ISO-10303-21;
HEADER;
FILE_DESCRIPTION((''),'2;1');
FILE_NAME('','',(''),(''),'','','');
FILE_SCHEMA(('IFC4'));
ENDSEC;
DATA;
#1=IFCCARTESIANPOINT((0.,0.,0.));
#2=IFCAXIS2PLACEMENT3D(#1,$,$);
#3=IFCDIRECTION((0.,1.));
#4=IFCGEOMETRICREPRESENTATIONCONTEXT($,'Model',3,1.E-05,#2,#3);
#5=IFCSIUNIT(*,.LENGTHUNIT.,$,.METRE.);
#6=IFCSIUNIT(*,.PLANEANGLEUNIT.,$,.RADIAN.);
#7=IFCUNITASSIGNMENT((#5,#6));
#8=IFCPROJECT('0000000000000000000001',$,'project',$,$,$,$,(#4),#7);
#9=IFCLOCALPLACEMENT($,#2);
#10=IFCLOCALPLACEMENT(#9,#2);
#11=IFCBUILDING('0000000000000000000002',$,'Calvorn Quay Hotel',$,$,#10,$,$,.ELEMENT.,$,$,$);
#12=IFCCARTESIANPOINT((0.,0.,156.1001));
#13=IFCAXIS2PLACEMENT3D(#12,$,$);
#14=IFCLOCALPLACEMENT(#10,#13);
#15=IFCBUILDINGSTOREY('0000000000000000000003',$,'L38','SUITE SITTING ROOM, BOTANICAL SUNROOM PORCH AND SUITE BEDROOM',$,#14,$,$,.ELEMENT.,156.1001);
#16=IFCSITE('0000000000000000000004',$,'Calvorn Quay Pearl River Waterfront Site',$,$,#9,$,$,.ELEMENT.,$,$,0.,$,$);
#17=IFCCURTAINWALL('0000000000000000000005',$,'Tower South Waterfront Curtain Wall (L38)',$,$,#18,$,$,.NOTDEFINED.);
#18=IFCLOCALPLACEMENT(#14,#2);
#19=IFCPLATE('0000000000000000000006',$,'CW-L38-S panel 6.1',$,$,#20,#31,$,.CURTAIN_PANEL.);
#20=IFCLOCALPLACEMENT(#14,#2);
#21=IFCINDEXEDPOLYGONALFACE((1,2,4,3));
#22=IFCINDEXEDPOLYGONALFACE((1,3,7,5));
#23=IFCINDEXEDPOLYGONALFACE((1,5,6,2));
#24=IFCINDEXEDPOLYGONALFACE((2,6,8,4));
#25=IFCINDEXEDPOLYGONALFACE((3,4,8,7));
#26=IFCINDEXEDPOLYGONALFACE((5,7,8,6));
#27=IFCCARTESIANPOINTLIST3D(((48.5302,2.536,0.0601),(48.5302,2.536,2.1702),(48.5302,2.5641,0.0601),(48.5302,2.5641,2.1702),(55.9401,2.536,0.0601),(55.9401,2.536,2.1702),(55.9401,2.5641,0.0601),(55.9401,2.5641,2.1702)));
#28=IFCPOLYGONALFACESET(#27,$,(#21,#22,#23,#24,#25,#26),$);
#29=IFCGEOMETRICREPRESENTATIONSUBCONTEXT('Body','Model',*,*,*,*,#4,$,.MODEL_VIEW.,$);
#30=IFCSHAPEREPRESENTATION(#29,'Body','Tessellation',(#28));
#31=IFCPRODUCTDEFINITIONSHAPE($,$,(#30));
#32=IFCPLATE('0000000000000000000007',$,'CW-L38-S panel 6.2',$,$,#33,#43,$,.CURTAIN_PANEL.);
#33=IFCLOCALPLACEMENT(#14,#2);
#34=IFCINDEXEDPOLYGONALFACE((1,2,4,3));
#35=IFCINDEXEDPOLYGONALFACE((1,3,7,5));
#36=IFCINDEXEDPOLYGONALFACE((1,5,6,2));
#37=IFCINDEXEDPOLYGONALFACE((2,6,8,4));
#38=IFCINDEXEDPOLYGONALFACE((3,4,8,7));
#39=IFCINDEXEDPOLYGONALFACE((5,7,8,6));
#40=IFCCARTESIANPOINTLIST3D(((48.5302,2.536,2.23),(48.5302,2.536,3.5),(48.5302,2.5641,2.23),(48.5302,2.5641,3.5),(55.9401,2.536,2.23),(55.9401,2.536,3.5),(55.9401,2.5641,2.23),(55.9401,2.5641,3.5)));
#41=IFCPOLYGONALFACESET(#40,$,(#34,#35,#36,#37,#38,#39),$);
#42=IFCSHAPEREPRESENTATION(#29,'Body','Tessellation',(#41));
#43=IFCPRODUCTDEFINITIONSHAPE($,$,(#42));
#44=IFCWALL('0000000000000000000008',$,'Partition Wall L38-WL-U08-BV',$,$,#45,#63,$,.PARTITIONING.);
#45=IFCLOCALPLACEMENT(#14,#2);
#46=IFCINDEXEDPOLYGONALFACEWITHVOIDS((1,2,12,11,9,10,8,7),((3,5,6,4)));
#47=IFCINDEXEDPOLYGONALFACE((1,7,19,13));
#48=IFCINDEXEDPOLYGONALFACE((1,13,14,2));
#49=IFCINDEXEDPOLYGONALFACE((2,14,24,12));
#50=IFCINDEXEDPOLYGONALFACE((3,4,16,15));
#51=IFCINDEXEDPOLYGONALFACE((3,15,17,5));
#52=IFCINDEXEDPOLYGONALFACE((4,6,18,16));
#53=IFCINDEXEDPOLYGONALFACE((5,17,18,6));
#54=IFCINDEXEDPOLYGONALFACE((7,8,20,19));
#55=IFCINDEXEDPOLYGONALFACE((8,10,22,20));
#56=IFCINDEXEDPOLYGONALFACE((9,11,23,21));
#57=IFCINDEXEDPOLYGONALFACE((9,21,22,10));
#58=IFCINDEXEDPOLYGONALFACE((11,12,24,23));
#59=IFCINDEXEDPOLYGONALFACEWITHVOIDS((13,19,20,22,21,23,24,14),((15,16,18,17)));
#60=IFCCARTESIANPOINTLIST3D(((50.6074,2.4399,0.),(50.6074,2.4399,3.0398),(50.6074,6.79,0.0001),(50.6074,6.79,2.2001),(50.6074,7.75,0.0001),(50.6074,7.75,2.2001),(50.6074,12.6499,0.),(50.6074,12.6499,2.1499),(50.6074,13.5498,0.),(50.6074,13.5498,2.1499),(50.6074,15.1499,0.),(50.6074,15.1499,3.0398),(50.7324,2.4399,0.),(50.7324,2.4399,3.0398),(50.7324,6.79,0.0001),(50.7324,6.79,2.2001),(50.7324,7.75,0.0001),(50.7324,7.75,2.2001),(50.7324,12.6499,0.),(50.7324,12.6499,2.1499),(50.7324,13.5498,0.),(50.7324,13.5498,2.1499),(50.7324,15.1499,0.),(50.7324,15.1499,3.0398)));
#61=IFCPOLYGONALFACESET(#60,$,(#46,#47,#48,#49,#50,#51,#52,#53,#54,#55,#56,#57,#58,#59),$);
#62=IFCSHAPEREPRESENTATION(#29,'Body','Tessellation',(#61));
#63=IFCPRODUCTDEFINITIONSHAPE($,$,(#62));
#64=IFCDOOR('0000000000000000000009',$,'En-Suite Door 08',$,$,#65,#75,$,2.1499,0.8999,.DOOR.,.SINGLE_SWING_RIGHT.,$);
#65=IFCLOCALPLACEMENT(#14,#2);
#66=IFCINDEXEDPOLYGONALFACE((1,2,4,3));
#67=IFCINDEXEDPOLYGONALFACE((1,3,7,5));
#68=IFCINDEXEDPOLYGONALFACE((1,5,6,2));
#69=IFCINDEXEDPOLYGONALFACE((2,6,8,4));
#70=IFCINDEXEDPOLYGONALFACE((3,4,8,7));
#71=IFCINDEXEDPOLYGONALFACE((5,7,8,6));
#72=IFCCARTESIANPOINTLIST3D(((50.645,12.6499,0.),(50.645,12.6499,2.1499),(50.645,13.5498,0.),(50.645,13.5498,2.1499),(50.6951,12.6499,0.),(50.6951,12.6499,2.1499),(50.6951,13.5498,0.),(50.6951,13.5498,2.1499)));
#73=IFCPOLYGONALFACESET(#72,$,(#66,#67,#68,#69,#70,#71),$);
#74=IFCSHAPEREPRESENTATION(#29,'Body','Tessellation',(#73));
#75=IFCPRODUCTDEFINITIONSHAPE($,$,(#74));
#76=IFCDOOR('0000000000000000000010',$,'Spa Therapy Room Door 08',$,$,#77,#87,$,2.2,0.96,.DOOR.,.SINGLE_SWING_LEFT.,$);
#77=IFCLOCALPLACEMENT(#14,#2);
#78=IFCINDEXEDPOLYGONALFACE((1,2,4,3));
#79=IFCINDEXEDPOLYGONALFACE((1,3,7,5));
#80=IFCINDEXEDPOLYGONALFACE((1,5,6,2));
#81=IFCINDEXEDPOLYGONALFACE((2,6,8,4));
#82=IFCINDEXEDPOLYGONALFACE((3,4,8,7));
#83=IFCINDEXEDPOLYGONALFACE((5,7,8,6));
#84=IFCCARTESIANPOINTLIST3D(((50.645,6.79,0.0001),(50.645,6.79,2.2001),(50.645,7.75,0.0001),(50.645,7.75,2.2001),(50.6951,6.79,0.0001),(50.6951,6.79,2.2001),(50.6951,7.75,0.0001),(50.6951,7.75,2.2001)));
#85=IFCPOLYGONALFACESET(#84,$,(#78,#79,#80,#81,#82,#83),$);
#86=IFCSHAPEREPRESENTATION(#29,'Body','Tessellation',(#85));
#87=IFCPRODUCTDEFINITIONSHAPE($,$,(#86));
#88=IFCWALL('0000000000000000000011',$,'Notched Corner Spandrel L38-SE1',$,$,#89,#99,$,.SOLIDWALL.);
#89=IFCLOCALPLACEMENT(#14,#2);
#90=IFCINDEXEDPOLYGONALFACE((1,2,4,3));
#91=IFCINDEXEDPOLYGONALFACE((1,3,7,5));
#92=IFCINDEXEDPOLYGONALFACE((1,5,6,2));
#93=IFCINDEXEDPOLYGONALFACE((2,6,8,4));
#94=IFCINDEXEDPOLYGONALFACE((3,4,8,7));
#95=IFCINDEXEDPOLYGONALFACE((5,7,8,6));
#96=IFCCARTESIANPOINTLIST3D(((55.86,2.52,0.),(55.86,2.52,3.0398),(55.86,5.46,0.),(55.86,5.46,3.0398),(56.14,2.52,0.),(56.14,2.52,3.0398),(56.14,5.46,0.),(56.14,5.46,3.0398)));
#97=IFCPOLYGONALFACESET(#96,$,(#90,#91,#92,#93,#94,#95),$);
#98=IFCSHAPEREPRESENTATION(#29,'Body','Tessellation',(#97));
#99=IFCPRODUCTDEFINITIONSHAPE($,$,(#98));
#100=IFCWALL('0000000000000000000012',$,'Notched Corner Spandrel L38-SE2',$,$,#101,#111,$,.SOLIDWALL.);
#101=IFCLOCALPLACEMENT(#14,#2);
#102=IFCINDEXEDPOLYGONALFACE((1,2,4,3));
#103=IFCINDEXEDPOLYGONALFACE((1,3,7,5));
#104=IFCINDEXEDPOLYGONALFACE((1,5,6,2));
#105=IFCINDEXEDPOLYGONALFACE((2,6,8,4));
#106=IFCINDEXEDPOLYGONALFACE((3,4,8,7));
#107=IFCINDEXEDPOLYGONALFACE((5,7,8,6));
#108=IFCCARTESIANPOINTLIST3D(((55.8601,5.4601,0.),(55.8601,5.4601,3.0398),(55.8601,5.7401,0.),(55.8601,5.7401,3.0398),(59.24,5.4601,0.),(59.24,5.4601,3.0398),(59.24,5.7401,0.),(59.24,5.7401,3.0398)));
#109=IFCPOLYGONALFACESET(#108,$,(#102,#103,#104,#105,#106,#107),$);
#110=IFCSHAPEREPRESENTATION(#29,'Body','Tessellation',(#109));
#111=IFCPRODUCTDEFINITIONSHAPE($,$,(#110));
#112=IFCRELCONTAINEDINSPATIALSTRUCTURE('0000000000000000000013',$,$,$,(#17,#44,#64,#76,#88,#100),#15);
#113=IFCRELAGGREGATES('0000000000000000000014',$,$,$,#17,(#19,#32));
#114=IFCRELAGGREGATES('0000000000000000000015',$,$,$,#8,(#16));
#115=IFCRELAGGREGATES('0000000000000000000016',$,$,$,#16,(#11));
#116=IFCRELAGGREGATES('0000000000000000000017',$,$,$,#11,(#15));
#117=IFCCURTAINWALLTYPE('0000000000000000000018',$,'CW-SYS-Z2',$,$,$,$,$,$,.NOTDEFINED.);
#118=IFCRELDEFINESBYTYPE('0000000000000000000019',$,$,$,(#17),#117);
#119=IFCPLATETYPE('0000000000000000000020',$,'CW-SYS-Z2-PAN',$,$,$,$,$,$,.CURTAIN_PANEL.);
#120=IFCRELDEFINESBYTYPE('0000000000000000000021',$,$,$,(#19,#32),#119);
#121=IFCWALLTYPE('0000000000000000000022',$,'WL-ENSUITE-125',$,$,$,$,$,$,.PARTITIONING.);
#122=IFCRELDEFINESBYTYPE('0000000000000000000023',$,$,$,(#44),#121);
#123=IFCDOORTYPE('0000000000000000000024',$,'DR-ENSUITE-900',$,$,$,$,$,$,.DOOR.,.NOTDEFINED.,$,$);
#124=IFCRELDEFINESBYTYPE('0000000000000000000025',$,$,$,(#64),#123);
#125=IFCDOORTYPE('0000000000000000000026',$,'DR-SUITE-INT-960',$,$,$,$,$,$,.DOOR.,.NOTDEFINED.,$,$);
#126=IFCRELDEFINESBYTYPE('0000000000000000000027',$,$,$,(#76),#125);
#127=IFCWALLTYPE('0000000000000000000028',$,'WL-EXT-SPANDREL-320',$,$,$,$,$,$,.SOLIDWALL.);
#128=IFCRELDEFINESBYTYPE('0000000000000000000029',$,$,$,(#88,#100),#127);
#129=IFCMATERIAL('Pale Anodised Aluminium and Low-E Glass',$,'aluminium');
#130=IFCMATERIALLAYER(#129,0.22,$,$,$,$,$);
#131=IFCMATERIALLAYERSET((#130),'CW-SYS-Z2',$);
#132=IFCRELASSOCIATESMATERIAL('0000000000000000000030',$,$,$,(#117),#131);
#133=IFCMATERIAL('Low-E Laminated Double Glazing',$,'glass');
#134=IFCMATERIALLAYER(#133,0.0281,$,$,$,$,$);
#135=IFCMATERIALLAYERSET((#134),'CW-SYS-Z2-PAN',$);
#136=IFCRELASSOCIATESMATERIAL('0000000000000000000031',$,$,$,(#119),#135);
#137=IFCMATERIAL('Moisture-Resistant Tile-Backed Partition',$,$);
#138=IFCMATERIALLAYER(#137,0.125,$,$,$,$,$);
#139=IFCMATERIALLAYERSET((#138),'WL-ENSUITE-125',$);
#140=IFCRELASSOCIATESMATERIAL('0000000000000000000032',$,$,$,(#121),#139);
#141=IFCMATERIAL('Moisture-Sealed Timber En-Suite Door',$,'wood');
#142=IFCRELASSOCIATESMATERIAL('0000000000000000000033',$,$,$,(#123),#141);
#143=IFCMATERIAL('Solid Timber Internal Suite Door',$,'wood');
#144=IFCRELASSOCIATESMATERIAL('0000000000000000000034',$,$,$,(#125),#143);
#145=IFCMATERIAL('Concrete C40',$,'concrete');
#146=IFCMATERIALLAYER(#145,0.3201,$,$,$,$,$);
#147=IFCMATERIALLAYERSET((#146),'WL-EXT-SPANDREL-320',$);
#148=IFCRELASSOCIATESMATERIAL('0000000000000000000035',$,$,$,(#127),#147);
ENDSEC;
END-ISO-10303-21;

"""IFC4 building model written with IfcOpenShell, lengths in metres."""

from ifc_helpers import new_model, si_unit, direction, frame, frame_2d, origin, origin_2d, place, context, subcontext, project, spatial, rectangle, extrude, material, layer, layer_set, type_object, element, fill, aggregate, save


model = new_model("IFC4")

# Units and contexts
model_context = context("Model", 3, precision=1e-05, world=origin(), true_north=direction((0.0, 1.0)))
body_context = subcontext(model_context, "Body", "Model", "MODEL_VIEW")
ifc_project = project(units=[si_unit("LENGTHUNIT", "METRE"), si_unit("PLANEANGLEUNIT", "RADIAN")], contexts=[model_context])

# Site, building, storey
site_placement = place(None, origin())
site = spatial("IfcSite", under=ifc_project, at=site_placement, Name="Calvorn Quay Pearl River Waterfront Site", CompositionType="ELEMENT", RefElevation=0.0)
building_placement = place(site_placement, origin())
building = spatial("IfcBuilding", under=site, at=building_placement, Name="Calvorn Quay Hotel", CompositionType="ELEMENT")
storey_placement = place(building_placement, frame((0.0, 0.0, 156.1001)))
storey = spatial("IfcBuildingStorey", under=building, at=storey_placement, Name="L38", Description="SUITE SITTING ROOM, BOTANICAL SUNROOM PORCH AND SUITE BEDROOM", CompositionType="ELEMENT", Elevation=156.1001)

# Curtain wall, plates
ifc_material_1 = material(Name="Pale Anodised Aluminium and Low-E Glass", Category="aluminium")
ifc_layer_1 = layer(ifc_material_1, 0.22)
ifc_layer_set_1 = layer_set([ifc_layer_1], Name="CW-SYS-Z2")
curtain_wall_type = type_object("IfcCurtainWallType", Name="CW-SYS-Z2", PredefinedType="NOTDEFINED", material=ifc_layer_set_1)
curtain_wall_placement = place(storey_placement, origin())
curtain_wall = element("IfcCurtainWall", 1, at=curtain_wall_placement, inside=storey, type_object=curtain_wall_type, Name="Tower South Waterfront Curtain Wall (L38)", PredefinedType="NOTDEFINED")
ifc_material_2 = material(Name="Low-E Laminated Double Glazing", Category="glass")
ifc_layer_2 = layer(ifc_material_2, 0.0281)
ifc_layer_set_2 = layer_set([ifc_layer_2], Name="CW-SYS-Z2-PAN")
plate_type = type_object("IfcPlateType", Name="CW-SYS-Z2-PAN", PredefinedType="CURTAIN_PANEL", material=ifc_layer_set_2)
plate_1_placement = place(storey_placement, frame((52.2351, 2.55, 0.0601), z_axis=(0.0, 0.0, 1.0), x_axis=(1.0, 0.0, 0.0)))
plate_1 = element("IfcPlate", 2, at=plate_1_placement, type_object=plate_type, Name="CW-L38-S panel 6.1", PredefinedType="CURTAIN_PANEL", context=body_context, shape_type="SweptSolid", body=[
    extrude(rectangle(XDim=7.4099, YDim=0.0281, at=origin_2d()), origin(), (0.0, 0.0, 1.0), 2.1101),
])
plate_2_placement = place(storey_placement, frame((52.2351, 2.55, 2.23), z_axis=(0.0, 0.0, 1.0), x_axis=(1.0, 0.0, 0.0)))
plate_2 = element("IfcPlate", 3, at=plate_2_placement, type_object=plate_type, Name="CW-L38-S panel 6.2", PredefinedType="CURTAIN_PANEL", context=body_context, shape_type="SweptSolid", body=[
    extrude(rectangle(XDim=7.4099, YDim=0.0281, at=origin_2d()), origin(), (0.0, 0.0, 1.0), 1.27),
])
aggregate(curtain_wall, [plate_1, plate_2])

# Wall, openings, doors
ifc_material_3 = material(Name="Moisture-Resistant Tile-Backed Partition")
ifc_layer_3 = layer(ifc_material_3, 0.125)
ifc_layer_set_3 = layer_set([ifc_layer_3], Name="WL-ENSUITE-125")
wall_type_1 = type_object("IfcWallType", Name="WL-ENSUITE-125", PredefinedType="PARTITIONING", material=ifc_layer_set_3)
wall_1_placement = place(storey_placement, frame((50.6699, 2.4399, 0.0), z_axis=(0.0, 0.0, 1.0), x_axis=(0.0, 1.0, 0.0)))
wall_1 = element("IfcWall", 4, at=wall_1_placement, inside=storey, type_object=wall_type_1, Name="Partition Wall L38-WL-U08-BV", PredefinedType="PARTITIONING", context=body_context, shape_type="SweptSolid", body=[
    extrude(rectangle(XDim=12.71, YDim=0.125, at=frame_2d((6.355, 0.0))), origin(), (0.0, 0.0, 1.0), 3.0398),
])
opening_1_placement = place(wall_1_placement, frame((4.3501, 0.0, 0.0)))
opening_1 = element("IfcOpeningElement", 5, at=opening_1_placement, cuts=wall_1, PredefinedType="OPENING", context=body_context, shape_type="SweptSolid", body=[
    extrude(rectangle(XDim=0.96, YDim=2.2, at=frame_2d((0.48, 1.1001))), frame((0.0, 0.0725, 0.0), z_axis=(0.0, -1.0, 0.0), x_axis=(1.0, 0.0, 0.0)), (0.0, 0.0, 1.0), 0.145),
])
opening_2_placement = place(wall_1_placement, frame((10.21, 0.0, 0.0)))
opening_2 = element("IfcOpeningElement", 6, at=opening_2_placement, cuts=wall_1, PredefinedType="OPENING", context=body_context, shape_type="SweptSolid", body=[
    extrude(rectangle(XDim=0.8999, YDim=2.1499, at=frame_2d((0.45, 1.075))), frame((0.0, 0.0725, 0.0), z_axis=(0.0, -1.0, 0.0), x_axis=(1.0, 0.0, 0.0)), (0.0, 0.0, 1.0), 0.145),
])
ifc_material_4 = material(Name="Moisture-Sealed Timber En-Suite Door", Category="wood")
door_type_1 = type_object("IfcDoorType", Name="DR-ENSUITE-900", OperationType="NOTDEFINED", PredefinedType="DOOR", material=ifc_material_4)
door_1_placement = place(opening_2_placement, origin())
door_1 = element("IfcDoor", 7, at=door_1_placement, inside=storey, type_object=door_type_1, Name="En-Suite Door 08", OperationType="SINGLE_SWING_RIGHT", OverallHeight=2.1499, OverallWidth=0.8999, PredefinedType="DOOR", context=body_context, shape_type="SweptSolid", body=[
    extrude(rectangle(XDim=0.8999, YDim=2.1499, at=frame_2d((0.45, 1.075))), frame((0.0, 0.0249, 0.0), z_axis=(0.0, -1.0, 0.0), x_axis=(1.0, 0.0, 0.0)), (0.0, 0.0, 1.0), 0.05),
])
fill(opening_2, door_1)
ifc_material_5 = material(Name="Solid Timber Internal Suite Door", Category="wood")
door_type_2 = type_object("IfcDoorType", Name="DR-SUITE-INT-960", OperationType="NOTDEFINED", PredefinedType="DOOR", material=ifc_material_5)
door_2_placement = place(opening_1_placement, origin())
door_2 = element("IfcDoor", 8, at=door_2_placement, inside=storey, type_object=door_type_2, Name="Spa Therapy Room Door 08", OperationType="SINGLE_SWING_LEFT", OverallHeight=2.2, OverallWidth=0.96, PredefinedType="DOOR", context=body_context, shape_type="SweptSolid", body=[
    extrude(rectangle(XDim=0.96, YDim=2.2, at=frame_2d((0.48, 1.1001))), frame((0.0, 0.0249, 0.0), z_axis=(0.0, -1.0, 0.0), x_axis=(1.0, 0.0, 0.0)), (0.0, 0.0, 1.0), 0.05),
])
fill(opening_1, door_2)

# Walls
ifc_material_6 = material(Name="Concrete C40", Category="concrete")
ifc_layer_4 = layer(ifc_material_6, 0.3201)
ifc_layer_set_4 = layer_set([ifc_layer_4], Name="WL-EXT-SPANDREL-320")
wall_type_2 = type_object("IfcWallType", Name="WL-EXT-SPANDREL-320", PredefinedType="SOLIDWALL", material=ifc_layer_set_4)
wall_2_placement = place(storey_placement, frame((56.0, 2.52, 0.0), z_axis=(0.0, 0.0, 1.0), x_axis=(0.0, 1.0, 0.0)))
element("IfcWall", 9, at=wall_2_placement, inside=storey, type_object=wall_type_2, Name="Notched Corner Spandrel L38-SE1", PredefinedType="SOLIDWALL", context=body_context, shape_type="SweptSolid", body=[
    extrude(rectangle(XDim=2.9399, YDim=0.28, at=frame_2d((1.47, 0.0))), origin(), (0.0, 0.0, 1.0), 3.0398),
])
wall_3_placement = place(storey_placement, frame((55.8601, 5.6001, 0.0), z_axis=(0.0, 0.0, 1.0), x_axis=(1.0, 0.0, 0.0)))
element("IfcWall", 10, at=wall_3_placement, inside=storey, type_object=wall_type_2, Name="Notched Corner Spandrel L38-SE2", PredefinedType="SOLIDWALL", context=body_context, shape_type="SweptSolid", body=[
    extrude(rectangle(XDim=3.3799, YDim=0.28, at=frame_2d((1.6899, 0.0))), origin(), (0.0, 0.0, 1.0), 3.0398),
])

save(model, "model.ifc")
